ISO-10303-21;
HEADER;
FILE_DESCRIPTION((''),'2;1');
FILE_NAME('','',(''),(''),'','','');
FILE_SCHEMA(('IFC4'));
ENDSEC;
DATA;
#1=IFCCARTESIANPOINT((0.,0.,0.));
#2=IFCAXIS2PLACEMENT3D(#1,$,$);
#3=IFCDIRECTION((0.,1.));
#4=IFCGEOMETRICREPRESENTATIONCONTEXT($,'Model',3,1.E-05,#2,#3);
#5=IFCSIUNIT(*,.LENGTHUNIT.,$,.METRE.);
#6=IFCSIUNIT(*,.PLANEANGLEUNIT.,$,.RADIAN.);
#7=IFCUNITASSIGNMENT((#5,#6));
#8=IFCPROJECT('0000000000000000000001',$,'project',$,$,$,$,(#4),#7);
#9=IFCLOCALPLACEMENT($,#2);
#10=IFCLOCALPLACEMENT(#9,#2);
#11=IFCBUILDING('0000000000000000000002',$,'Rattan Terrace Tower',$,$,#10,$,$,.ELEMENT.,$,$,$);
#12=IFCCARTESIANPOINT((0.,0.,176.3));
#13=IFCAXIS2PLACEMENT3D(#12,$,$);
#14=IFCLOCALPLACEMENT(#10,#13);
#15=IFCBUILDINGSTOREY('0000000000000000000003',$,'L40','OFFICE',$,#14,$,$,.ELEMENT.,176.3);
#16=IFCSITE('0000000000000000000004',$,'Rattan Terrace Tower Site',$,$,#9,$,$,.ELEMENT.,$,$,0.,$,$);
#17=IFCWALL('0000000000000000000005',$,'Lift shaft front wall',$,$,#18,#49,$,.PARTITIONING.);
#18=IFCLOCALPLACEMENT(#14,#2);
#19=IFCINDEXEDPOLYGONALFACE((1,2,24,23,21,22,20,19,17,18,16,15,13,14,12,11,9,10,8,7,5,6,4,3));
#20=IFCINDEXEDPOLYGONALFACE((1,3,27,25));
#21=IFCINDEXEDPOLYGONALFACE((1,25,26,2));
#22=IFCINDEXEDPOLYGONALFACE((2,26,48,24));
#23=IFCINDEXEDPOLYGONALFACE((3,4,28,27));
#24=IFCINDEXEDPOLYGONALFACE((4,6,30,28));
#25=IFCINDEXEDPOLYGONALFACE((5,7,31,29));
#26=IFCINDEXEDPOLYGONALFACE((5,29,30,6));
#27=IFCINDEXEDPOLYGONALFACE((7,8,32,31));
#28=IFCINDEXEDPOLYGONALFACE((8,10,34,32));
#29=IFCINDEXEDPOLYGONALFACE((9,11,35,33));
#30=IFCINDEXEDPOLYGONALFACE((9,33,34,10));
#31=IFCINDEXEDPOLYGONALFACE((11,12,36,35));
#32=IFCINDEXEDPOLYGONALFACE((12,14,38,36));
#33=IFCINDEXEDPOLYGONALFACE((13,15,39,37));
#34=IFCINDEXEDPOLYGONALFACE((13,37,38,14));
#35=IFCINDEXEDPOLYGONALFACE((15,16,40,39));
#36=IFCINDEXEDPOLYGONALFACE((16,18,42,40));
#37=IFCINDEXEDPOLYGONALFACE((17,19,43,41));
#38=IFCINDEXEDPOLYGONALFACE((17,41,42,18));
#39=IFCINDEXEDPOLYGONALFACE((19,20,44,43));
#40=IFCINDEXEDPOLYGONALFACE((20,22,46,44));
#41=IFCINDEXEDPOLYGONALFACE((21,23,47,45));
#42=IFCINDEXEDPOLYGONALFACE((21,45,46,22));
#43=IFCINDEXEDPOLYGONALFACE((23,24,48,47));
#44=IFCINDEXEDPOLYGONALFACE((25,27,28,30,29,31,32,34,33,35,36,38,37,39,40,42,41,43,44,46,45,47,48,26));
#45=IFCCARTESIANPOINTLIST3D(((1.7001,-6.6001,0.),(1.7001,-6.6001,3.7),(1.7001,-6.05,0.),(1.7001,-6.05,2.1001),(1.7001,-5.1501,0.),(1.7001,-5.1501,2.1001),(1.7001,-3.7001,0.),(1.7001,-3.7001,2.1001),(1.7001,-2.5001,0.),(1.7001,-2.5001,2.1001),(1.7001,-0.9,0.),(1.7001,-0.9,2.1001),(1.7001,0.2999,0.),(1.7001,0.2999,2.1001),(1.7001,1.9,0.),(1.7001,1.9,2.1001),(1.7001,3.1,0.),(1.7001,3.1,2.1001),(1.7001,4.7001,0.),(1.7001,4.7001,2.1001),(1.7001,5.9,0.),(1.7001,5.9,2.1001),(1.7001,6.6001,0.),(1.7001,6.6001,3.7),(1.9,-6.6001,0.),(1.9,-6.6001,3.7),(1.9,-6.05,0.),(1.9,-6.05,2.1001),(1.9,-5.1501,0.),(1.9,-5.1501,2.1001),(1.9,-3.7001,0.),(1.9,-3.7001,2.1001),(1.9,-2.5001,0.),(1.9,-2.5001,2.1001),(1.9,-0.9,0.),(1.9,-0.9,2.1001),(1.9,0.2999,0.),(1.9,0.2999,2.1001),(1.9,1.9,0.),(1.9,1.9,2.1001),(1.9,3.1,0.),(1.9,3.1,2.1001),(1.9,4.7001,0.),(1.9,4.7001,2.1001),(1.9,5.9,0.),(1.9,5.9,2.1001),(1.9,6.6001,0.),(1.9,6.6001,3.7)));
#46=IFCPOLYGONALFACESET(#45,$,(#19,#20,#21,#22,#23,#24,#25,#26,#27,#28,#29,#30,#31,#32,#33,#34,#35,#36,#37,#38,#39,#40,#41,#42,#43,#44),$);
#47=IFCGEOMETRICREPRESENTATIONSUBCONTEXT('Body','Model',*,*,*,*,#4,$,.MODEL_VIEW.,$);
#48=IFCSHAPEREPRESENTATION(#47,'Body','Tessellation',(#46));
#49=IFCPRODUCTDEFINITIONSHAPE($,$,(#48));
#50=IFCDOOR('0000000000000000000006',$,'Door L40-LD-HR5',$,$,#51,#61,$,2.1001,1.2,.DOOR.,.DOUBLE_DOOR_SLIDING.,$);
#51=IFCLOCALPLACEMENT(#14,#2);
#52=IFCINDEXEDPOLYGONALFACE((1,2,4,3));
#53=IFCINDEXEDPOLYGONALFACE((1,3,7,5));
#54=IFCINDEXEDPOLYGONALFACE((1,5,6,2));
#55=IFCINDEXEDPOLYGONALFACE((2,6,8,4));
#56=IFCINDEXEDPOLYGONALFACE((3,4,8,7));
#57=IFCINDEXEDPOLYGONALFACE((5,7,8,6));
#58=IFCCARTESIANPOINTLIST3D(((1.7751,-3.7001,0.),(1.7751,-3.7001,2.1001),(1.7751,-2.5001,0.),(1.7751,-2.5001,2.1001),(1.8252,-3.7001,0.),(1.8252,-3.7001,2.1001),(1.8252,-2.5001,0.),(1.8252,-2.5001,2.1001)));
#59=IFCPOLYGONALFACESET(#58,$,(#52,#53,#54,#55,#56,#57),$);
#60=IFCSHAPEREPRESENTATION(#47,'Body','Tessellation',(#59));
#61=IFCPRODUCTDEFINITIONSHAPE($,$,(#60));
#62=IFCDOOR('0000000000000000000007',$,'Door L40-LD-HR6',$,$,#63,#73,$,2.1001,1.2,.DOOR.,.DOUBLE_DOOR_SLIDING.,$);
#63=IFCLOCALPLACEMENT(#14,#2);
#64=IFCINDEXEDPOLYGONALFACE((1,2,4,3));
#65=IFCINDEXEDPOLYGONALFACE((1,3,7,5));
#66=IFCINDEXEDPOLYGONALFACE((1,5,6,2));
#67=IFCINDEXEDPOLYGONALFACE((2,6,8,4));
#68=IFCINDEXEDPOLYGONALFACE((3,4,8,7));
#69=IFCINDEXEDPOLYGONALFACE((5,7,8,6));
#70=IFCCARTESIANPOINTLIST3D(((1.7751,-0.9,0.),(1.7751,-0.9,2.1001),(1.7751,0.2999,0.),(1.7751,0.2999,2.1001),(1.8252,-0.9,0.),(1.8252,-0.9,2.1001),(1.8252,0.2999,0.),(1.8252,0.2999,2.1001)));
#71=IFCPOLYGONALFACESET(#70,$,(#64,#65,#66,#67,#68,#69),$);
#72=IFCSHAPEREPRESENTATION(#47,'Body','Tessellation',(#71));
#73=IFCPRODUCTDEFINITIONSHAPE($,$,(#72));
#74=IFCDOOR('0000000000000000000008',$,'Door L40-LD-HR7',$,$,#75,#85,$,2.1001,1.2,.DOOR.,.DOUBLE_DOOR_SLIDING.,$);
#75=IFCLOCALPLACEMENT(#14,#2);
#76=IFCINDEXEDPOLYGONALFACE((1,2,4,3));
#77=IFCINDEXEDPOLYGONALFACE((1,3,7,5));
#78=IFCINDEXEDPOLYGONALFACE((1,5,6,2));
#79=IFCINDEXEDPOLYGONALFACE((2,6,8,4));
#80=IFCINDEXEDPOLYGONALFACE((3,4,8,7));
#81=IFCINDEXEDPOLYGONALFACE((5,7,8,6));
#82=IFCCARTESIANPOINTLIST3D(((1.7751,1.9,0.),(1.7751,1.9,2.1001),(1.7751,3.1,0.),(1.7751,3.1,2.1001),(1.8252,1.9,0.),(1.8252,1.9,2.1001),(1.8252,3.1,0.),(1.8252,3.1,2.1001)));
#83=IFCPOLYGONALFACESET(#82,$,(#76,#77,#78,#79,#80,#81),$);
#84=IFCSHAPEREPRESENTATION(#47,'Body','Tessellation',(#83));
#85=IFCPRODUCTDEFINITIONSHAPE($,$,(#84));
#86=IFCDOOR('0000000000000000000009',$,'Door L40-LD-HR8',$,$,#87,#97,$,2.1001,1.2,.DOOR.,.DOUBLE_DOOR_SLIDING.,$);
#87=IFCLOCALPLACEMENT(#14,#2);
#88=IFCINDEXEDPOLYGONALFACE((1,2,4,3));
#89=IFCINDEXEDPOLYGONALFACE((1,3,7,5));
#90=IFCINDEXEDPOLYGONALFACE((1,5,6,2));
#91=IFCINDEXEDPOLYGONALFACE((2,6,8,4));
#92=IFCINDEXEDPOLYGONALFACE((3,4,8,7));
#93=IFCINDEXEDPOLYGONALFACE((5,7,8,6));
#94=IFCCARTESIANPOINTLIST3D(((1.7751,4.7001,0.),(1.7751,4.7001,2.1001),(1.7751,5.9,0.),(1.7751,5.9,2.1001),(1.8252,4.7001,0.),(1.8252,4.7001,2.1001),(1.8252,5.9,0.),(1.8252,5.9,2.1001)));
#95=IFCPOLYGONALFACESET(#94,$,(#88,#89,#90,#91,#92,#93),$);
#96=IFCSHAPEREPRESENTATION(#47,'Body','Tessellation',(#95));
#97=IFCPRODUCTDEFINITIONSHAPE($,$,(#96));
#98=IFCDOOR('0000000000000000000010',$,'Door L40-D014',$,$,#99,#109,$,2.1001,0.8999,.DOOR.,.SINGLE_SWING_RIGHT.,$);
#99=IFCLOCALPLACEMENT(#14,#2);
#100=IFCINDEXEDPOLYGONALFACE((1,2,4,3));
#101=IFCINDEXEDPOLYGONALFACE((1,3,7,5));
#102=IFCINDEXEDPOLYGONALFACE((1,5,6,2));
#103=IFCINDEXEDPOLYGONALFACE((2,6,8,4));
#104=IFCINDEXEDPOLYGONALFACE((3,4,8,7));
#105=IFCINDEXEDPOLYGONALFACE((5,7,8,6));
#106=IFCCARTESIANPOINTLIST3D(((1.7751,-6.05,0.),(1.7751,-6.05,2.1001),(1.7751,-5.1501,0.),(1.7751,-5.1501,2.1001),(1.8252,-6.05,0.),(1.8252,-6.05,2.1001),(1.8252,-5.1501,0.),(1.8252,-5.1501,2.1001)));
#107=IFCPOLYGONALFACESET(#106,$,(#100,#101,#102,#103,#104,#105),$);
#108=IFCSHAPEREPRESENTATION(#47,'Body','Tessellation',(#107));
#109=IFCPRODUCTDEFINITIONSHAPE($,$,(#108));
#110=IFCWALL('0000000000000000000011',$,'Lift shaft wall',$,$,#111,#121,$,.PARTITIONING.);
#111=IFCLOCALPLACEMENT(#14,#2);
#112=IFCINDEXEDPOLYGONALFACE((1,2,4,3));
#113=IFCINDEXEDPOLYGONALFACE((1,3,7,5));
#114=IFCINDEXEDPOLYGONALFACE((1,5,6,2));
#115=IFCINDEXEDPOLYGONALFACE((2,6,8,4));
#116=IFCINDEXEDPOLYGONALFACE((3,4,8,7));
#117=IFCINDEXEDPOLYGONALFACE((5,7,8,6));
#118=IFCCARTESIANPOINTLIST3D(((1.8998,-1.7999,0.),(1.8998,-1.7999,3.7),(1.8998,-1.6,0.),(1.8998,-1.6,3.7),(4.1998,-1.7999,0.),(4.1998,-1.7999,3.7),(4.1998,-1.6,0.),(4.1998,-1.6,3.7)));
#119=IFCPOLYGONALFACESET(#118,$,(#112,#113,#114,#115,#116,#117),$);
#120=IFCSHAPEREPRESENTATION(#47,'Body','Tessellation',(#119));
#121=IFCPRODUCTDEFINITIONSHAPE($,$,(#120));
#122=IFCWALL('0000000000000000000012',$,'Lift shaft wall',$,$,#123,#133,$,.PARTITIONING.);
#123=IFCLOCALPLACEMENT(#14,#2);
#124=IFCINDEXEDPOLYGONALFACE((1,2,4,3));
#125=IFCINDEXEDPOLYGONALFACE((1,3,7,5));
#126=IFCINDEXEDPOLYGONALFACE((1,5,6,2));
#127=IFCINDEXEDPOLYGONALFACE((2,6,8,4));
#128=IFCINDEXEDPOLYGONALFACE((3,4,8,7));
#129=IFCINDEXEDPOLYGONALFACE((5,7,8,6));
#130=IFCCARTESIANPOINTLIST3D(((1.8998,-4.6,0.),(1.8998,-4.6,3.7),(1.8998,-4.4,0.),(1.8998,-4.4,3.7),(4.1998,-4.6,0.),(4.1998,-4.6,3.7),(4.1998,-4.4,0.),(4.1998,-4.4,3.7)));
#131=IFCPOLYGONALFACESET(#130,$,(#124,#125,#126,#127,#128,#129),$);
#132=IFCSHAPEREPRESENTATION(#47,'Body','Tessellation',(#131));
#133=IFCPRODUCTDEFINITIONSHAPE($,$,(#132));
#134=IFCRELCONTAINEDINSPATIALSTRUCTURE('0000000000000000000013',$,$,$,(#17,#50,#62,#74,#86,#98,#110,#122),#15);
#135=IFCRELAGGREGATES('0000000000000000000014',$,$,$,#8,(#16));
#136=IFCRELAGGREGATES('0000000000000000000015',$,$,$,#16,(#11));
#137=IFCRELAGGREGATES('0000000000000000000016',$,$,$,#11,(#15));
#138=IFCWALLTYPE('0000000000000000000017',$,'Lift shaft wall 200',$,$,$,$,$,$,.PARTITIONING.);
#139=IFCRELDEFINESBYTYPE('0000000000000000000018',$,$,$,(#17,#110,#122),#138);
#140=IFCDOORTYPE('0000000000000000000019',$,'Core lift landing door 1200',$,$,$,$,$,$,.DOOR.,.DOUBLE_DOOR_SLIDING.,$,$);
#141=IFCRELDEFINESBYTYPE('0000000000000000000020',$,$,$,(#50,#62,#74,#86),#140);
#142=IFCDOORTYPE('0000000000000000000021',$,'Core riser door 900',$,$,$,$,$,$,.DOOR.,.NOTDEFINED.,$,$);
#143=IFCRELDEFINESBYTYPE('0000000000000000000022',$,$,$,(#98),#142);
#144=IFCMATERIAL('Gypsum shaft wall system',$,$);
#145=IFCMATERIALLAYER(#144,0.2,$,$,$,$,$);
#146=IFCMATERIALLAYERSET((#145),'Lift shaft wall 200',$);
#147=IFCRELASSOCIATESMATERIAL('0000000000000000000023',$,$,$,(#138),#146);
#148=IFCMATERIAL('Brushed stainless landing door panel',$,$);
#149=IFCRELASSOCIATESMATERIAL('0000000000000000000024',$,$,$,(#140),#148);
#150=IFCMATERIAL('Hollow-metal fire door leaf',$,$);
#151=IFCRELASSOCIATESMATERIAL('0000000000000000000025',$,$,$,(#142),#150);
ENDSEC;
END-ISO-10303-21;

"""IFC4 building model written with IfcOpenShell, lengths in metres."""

from ifc_helpers import new_model, si_unit, direction, frame, frame_2d, origin, place, context, subcontext, project, spatial, rectangle, extrude, material, layer, layer_set, type_object, element, fill, save


model = new_model("IFC4")

# Units and contexts
model_context = context("Model", 3, precision=1e-05, world=origin(), true_north=direction((0.0, 1.0)))
body_context = subcontext(model_context, "Body", "Model", "MODEL_VIEW")
ifc_project = project(units=[si_unit("LENGTHUNIT", "METRE"), si_unit("PLANEANGLEUNIT", "RADIAN")], contexts=[model_context])

# Site, building, storey
site_placement = place(None, origin())
site = spatial("IfcSite", under=ifc_project, at=site_placement, Name="Rattan Terrace Tower Site", CompositionType="ELEMENT", RefElevation=0.0)
building_placement = place(site_placement, origin())
building = spatial("IfcBuilding", under=site, at=building_placement, Name="Rattan Terrace Tower", CompositionType="ELEMENT")
storey_placement = place(building_placement, frame((0.0, 0.0, 176.3)))
storey = spatial("IfcBuildingStorey", under=building, at=storey_placement, Name="L40", Description="OFFICE", CompositionType="ELEMENT", Elevation=176.3)

# Wall, openings, doors
ifc_material_1 = material(Name="Gypsum shaft wall system")
ifc_layer_1 = layer(ifc_material_1, 0.2)
ifc_layer_set_1 = layer_set([ifc_layer_1], Name="Lift shaft wall 200")
wall_type_1 = type_object("IfcWallType", Name="Lift shaft wall 200", PredefinedType="PARTITIONING", material=ifc_layer_set_1)
wall_1_placement = place(storey_placement, frame((1.8, -6.6001, 0.0), z_axis=(0.0, 0.0, 1.0), x_axis=(0.0, 1.0, 0.0)))
wall_1 = element("IfcWall", 1, at=wall_1_placement, inside=storey, type_object=wall_type_1, Name="Lift shaft front wall", PredefinedType="PARTITIONING", context=body_context, shape_type="SweptSolid", body=[
    extrude(rectangle(XDim=13.2002, YDim=0.2, at=frame_2d((6.6001, 0.0))), origin(), (0.0, 0.0, 1.0), 3.7),
])
opening_1_placement = place(wall_1_placement, frame((0.55, 0.0, 0.0)))
opening_1 = element("IfcOpeningElement", 2, at=opening_1_placement, cuts=wall_1, PredefinedType="OPENING", context=body_context, shape_type="SweptSolid", body=[
    extrude(rectangle(XDim=0.8999, YDim=2.1001, at=frame_2d((0.45, 1.05))), frame((0.0, 0.1106, 0.0), z_axis=(0.0, -1.0, 0.0), x_axis=(1.0, 0.0, 0.0)), (0.0, 0.0, 1.0), 0.2209),
])
opening_2_placement = place(wall_1_placement, frame((2.8999, 0.0, 0.0)))
opening_2 = element("IfcOpeningElement", 3, at=opening_2_placement, cuts=wall_1, PredefinedType="OPENING", context=body_context, shape_type="SweptSolid", body=[
    extrude(rectangle(XDim=1.2, YDim=2.1001, at=frame_2d((0.6001, 1.05))), frame((0.0, 0.1106, 0.0), z_axis=(0.0, -1.0, 0.0), x_axis=(1.0, 0.0, 0.0)), (0.0, 0.0, 1.0), 0.2209),
])
opening_3_placement = place(wall_1_placement, frame((5.7, 0.0, 0.0)))
opening_3 = element("IfcOpeningElement", 4, at=opening_3_placement, cuts=wall_1, PredefinedType="OPENING", context=body_context, shape_type="SweptSolid", body=[
    extrude(rectangle(XDim=1.2, YDim=2.1001, at=frame_2d((0.6001, 1.05))), frame((0.0, 0.1106, 0.0), z_axis=(0.0, -1.0, 0.0), x_axis=(1.0, 0.0, 0.0)), (0.0, 0.0, 1.0), 0.2209),
])
opening_4_placement = place(wall_1_placement, frame((8.5, 0.0, 0.0)))
opening_4 = element("IfcOpeningElement", 5, at=opening_4_placement, cuts=wall_1, PredefinedType="OPENING", context=body_context, shape_type="SweptSolid", body=[
    extrude(rectangle(XDim=1.2, YDim=2.1001, at=frame_2d((0.6001, 1.05))), frame((0.0, 0.1106, 0.0), z_axis=(0.0, -1.0, 0.0), x_axis=(1.0, 0.0, 0.0)), (0.0, 0.0, 1.0), 0.2209),
])
opening_5_placement = place(wall_1_placement, frame((11.3, 0.0, 0.0)))
opening_5 = element("IfcOpeningElement", 6, at=opening_5_placement, cuts=wall_1, PredefinedType="OPENING", context=body_context, shape_type="SweptSolid", body=[
    extrude(rectangle(XDim=1.2, YDim=2.1001, at=frame_2d((0.6001, 1.05))), frame((0.0, 0.1106, 0.0), z_axis=(0.0, -1.0, 0.0), x_axis=(1.0, 0.0, 0.0)), (0.0, 0.0, 1.0), 0.2209),
])
ifc_material_2 = material(Name="Brushed stainless landing door panel")
door_type_1 = type_object("IfcDoorType", Name="Core lift landing door 1200", OperationType="DOUBLE_DOOR_SLIDING", PredefinedType="DOOR", material=ifc_material_2)
door_1_placement = place(opening_2_placement, origin())
door_1 = element("IfcDoor", 7, at=door_1_placement, inside=storey, type_object=door_type_1, Name="Door L40-LD-HR5", OperationType="DOUBLE_DOOR_SLIDING", OverallHeight=2.1001, OverallWidth=1.2, PredefinedType="DOOR", context=body_context, shape_type="SweptSolid", body=[
    extrude(rectangle(XDim=1.2, YDim=2.1001, at=frame_2d((0.6001, 1.05))), frame((0.0, 0.0249, 0.0), z_axis=(0.0, -1.0, 0.0), x_axis=(1.0, 0.0, 0.0)), (0.0, 0.0, 1.0), 0.05),
])
fill(opening_2, door_1)
door_2_placement = place(opening_3_placement, origin())
door_2 = element("IfcDoor", 8, at=door_2_placement, inside=storey, type_object=door_type_1, Name="Door L40-LD-HR6", OperationType="DOUBLE_DOOR_SLIDING", OverallHeight=2.1001, OverallWidth=1.2, PredefinedType="DOOR", context=body_context, shape_type="SweptSolid", body=[
    extrude(rectangle(XDim=1.2, YDim=2.1001, at=frame_2d((0.6001, 1.05))), frame((0.0, 0.0249, 0.0), z_axis=(0.0, -1.0, 0.0), x_axis=(1.0, 0.0, 0.0)), (0.0, 0.0, 1.0), 0.05),
])
fill(opening_3, door_2)
door_3_placement = place(opening_4_placement, origin())
door_3 = element("IfcDoor", 9, at=door_3_placement, inside=storey, type_object=door_type_1, Name="Door L40-LD-HR7", OperationType="DOUBLE_DOOR_SLIDING", OverallHeight=2.1001, OverallWidth=1.2, PredefinedType="DOOR", context=body_context, shape_type="SweptSolid", body=[
    extrude(rectangle(XDim=1.2, YDim=2.1001, at=frame_2d((0.6001, 1.05))), frame((0.0, 0.0249, 0.0), z_axis=(0.0, -1.0, 0.0), x_axis=(1.0, 0.0, 0.0)), (0.0, 0.0, 1.0), 0.05),
])
fill(opening_4, door_3)
door_4_placement = place(opening_5_placement, origin())
door_4 = element("IfcDoor", 10, at=door_4_placement, inside=storey, type_object=door_type_1, Name="Door L40-LD-HR8", OperationType="DOUBLE_DOOR_SLIDING", OverallHeight=2.1001, OverallWidth=1.2, PredefinedType="DOOR", context=body_context, shape_type="SweptSolid", body=[
    extrude(rectangle(XDim=1.2, YDim=2.1001, at=frame_2d((0.6001, 1.05))), frame((0.0, 0.0249, 0.0), z_axis=(0.0, -1.0, 0.0), x_axis=(1.0, 0.0, 0.0)), (0.0, 0.0, 1.0), 0.05),
])
fill(opening_5, door_4)
ifc_material_3 = material(Name="Hollow-metal fire door leaf")
door_type_2 = type_object("IfcDoorType", Name="Core riser door 900", OperationType="NOTDEFINED", PredefinedType="DOOR", material=ifc_material_3)
door_5_placement = place(opening_1_placement, origin())
door_5 = element("IfcDoor", 11, at=door_5_placement, inside=storey, type_object=door_type_2, Name="Door L40-D014", OperationType="SINGLE_SWING_RIGHT", OverallHeight=2.1001, OverallWidth=0.8999, PredefinedType="DOOR", context=body_context, shape_type="SweptSolid", body=[
    extrude(rectangle(XDim=0.8999, YDim=2.1001, at=frame_2d((0.45, 1.05))), frame((0.0, 0.0249, 0.0), z_axis=(0.0, -1.0, 0.0), x_axis=(1.0, 0.0, 0.0)), (0.0, 0.0, 1.0), 0.05),
])
fill(opening_1, door_5)

# Walls
for number, where, z_axis, x_axis, name in (
    (12, (1.8999, -1.7, 0.0), (0.0, 0.0, 1.0), (1.0, 0.0, 0.0), "Lift shaft wall"),
    (13, (1.8999, -4.5, 0.0), (0.0, 0.0, 1.0), (1.0, 0.0, 0.0), "Lift shaft wall"),
):
    element("IfcWall", number, at=place(storey_placement, frame(where, z_axis=z_axis, x_axis=x_axis)), inside=storey, type_object=wall_type_1, Name=name, PredefinedType="PARTITIONING", context=body_context, shape_type="SweptSolid", body=[
        extrude(rectangle(XDim=2.3, YDim=0.2, at=frame_2d((1.1499, 0.0))), origin(), (0.0, 0.0, 1.0), 3.7),
    ])

save(model, "model.ifc")
